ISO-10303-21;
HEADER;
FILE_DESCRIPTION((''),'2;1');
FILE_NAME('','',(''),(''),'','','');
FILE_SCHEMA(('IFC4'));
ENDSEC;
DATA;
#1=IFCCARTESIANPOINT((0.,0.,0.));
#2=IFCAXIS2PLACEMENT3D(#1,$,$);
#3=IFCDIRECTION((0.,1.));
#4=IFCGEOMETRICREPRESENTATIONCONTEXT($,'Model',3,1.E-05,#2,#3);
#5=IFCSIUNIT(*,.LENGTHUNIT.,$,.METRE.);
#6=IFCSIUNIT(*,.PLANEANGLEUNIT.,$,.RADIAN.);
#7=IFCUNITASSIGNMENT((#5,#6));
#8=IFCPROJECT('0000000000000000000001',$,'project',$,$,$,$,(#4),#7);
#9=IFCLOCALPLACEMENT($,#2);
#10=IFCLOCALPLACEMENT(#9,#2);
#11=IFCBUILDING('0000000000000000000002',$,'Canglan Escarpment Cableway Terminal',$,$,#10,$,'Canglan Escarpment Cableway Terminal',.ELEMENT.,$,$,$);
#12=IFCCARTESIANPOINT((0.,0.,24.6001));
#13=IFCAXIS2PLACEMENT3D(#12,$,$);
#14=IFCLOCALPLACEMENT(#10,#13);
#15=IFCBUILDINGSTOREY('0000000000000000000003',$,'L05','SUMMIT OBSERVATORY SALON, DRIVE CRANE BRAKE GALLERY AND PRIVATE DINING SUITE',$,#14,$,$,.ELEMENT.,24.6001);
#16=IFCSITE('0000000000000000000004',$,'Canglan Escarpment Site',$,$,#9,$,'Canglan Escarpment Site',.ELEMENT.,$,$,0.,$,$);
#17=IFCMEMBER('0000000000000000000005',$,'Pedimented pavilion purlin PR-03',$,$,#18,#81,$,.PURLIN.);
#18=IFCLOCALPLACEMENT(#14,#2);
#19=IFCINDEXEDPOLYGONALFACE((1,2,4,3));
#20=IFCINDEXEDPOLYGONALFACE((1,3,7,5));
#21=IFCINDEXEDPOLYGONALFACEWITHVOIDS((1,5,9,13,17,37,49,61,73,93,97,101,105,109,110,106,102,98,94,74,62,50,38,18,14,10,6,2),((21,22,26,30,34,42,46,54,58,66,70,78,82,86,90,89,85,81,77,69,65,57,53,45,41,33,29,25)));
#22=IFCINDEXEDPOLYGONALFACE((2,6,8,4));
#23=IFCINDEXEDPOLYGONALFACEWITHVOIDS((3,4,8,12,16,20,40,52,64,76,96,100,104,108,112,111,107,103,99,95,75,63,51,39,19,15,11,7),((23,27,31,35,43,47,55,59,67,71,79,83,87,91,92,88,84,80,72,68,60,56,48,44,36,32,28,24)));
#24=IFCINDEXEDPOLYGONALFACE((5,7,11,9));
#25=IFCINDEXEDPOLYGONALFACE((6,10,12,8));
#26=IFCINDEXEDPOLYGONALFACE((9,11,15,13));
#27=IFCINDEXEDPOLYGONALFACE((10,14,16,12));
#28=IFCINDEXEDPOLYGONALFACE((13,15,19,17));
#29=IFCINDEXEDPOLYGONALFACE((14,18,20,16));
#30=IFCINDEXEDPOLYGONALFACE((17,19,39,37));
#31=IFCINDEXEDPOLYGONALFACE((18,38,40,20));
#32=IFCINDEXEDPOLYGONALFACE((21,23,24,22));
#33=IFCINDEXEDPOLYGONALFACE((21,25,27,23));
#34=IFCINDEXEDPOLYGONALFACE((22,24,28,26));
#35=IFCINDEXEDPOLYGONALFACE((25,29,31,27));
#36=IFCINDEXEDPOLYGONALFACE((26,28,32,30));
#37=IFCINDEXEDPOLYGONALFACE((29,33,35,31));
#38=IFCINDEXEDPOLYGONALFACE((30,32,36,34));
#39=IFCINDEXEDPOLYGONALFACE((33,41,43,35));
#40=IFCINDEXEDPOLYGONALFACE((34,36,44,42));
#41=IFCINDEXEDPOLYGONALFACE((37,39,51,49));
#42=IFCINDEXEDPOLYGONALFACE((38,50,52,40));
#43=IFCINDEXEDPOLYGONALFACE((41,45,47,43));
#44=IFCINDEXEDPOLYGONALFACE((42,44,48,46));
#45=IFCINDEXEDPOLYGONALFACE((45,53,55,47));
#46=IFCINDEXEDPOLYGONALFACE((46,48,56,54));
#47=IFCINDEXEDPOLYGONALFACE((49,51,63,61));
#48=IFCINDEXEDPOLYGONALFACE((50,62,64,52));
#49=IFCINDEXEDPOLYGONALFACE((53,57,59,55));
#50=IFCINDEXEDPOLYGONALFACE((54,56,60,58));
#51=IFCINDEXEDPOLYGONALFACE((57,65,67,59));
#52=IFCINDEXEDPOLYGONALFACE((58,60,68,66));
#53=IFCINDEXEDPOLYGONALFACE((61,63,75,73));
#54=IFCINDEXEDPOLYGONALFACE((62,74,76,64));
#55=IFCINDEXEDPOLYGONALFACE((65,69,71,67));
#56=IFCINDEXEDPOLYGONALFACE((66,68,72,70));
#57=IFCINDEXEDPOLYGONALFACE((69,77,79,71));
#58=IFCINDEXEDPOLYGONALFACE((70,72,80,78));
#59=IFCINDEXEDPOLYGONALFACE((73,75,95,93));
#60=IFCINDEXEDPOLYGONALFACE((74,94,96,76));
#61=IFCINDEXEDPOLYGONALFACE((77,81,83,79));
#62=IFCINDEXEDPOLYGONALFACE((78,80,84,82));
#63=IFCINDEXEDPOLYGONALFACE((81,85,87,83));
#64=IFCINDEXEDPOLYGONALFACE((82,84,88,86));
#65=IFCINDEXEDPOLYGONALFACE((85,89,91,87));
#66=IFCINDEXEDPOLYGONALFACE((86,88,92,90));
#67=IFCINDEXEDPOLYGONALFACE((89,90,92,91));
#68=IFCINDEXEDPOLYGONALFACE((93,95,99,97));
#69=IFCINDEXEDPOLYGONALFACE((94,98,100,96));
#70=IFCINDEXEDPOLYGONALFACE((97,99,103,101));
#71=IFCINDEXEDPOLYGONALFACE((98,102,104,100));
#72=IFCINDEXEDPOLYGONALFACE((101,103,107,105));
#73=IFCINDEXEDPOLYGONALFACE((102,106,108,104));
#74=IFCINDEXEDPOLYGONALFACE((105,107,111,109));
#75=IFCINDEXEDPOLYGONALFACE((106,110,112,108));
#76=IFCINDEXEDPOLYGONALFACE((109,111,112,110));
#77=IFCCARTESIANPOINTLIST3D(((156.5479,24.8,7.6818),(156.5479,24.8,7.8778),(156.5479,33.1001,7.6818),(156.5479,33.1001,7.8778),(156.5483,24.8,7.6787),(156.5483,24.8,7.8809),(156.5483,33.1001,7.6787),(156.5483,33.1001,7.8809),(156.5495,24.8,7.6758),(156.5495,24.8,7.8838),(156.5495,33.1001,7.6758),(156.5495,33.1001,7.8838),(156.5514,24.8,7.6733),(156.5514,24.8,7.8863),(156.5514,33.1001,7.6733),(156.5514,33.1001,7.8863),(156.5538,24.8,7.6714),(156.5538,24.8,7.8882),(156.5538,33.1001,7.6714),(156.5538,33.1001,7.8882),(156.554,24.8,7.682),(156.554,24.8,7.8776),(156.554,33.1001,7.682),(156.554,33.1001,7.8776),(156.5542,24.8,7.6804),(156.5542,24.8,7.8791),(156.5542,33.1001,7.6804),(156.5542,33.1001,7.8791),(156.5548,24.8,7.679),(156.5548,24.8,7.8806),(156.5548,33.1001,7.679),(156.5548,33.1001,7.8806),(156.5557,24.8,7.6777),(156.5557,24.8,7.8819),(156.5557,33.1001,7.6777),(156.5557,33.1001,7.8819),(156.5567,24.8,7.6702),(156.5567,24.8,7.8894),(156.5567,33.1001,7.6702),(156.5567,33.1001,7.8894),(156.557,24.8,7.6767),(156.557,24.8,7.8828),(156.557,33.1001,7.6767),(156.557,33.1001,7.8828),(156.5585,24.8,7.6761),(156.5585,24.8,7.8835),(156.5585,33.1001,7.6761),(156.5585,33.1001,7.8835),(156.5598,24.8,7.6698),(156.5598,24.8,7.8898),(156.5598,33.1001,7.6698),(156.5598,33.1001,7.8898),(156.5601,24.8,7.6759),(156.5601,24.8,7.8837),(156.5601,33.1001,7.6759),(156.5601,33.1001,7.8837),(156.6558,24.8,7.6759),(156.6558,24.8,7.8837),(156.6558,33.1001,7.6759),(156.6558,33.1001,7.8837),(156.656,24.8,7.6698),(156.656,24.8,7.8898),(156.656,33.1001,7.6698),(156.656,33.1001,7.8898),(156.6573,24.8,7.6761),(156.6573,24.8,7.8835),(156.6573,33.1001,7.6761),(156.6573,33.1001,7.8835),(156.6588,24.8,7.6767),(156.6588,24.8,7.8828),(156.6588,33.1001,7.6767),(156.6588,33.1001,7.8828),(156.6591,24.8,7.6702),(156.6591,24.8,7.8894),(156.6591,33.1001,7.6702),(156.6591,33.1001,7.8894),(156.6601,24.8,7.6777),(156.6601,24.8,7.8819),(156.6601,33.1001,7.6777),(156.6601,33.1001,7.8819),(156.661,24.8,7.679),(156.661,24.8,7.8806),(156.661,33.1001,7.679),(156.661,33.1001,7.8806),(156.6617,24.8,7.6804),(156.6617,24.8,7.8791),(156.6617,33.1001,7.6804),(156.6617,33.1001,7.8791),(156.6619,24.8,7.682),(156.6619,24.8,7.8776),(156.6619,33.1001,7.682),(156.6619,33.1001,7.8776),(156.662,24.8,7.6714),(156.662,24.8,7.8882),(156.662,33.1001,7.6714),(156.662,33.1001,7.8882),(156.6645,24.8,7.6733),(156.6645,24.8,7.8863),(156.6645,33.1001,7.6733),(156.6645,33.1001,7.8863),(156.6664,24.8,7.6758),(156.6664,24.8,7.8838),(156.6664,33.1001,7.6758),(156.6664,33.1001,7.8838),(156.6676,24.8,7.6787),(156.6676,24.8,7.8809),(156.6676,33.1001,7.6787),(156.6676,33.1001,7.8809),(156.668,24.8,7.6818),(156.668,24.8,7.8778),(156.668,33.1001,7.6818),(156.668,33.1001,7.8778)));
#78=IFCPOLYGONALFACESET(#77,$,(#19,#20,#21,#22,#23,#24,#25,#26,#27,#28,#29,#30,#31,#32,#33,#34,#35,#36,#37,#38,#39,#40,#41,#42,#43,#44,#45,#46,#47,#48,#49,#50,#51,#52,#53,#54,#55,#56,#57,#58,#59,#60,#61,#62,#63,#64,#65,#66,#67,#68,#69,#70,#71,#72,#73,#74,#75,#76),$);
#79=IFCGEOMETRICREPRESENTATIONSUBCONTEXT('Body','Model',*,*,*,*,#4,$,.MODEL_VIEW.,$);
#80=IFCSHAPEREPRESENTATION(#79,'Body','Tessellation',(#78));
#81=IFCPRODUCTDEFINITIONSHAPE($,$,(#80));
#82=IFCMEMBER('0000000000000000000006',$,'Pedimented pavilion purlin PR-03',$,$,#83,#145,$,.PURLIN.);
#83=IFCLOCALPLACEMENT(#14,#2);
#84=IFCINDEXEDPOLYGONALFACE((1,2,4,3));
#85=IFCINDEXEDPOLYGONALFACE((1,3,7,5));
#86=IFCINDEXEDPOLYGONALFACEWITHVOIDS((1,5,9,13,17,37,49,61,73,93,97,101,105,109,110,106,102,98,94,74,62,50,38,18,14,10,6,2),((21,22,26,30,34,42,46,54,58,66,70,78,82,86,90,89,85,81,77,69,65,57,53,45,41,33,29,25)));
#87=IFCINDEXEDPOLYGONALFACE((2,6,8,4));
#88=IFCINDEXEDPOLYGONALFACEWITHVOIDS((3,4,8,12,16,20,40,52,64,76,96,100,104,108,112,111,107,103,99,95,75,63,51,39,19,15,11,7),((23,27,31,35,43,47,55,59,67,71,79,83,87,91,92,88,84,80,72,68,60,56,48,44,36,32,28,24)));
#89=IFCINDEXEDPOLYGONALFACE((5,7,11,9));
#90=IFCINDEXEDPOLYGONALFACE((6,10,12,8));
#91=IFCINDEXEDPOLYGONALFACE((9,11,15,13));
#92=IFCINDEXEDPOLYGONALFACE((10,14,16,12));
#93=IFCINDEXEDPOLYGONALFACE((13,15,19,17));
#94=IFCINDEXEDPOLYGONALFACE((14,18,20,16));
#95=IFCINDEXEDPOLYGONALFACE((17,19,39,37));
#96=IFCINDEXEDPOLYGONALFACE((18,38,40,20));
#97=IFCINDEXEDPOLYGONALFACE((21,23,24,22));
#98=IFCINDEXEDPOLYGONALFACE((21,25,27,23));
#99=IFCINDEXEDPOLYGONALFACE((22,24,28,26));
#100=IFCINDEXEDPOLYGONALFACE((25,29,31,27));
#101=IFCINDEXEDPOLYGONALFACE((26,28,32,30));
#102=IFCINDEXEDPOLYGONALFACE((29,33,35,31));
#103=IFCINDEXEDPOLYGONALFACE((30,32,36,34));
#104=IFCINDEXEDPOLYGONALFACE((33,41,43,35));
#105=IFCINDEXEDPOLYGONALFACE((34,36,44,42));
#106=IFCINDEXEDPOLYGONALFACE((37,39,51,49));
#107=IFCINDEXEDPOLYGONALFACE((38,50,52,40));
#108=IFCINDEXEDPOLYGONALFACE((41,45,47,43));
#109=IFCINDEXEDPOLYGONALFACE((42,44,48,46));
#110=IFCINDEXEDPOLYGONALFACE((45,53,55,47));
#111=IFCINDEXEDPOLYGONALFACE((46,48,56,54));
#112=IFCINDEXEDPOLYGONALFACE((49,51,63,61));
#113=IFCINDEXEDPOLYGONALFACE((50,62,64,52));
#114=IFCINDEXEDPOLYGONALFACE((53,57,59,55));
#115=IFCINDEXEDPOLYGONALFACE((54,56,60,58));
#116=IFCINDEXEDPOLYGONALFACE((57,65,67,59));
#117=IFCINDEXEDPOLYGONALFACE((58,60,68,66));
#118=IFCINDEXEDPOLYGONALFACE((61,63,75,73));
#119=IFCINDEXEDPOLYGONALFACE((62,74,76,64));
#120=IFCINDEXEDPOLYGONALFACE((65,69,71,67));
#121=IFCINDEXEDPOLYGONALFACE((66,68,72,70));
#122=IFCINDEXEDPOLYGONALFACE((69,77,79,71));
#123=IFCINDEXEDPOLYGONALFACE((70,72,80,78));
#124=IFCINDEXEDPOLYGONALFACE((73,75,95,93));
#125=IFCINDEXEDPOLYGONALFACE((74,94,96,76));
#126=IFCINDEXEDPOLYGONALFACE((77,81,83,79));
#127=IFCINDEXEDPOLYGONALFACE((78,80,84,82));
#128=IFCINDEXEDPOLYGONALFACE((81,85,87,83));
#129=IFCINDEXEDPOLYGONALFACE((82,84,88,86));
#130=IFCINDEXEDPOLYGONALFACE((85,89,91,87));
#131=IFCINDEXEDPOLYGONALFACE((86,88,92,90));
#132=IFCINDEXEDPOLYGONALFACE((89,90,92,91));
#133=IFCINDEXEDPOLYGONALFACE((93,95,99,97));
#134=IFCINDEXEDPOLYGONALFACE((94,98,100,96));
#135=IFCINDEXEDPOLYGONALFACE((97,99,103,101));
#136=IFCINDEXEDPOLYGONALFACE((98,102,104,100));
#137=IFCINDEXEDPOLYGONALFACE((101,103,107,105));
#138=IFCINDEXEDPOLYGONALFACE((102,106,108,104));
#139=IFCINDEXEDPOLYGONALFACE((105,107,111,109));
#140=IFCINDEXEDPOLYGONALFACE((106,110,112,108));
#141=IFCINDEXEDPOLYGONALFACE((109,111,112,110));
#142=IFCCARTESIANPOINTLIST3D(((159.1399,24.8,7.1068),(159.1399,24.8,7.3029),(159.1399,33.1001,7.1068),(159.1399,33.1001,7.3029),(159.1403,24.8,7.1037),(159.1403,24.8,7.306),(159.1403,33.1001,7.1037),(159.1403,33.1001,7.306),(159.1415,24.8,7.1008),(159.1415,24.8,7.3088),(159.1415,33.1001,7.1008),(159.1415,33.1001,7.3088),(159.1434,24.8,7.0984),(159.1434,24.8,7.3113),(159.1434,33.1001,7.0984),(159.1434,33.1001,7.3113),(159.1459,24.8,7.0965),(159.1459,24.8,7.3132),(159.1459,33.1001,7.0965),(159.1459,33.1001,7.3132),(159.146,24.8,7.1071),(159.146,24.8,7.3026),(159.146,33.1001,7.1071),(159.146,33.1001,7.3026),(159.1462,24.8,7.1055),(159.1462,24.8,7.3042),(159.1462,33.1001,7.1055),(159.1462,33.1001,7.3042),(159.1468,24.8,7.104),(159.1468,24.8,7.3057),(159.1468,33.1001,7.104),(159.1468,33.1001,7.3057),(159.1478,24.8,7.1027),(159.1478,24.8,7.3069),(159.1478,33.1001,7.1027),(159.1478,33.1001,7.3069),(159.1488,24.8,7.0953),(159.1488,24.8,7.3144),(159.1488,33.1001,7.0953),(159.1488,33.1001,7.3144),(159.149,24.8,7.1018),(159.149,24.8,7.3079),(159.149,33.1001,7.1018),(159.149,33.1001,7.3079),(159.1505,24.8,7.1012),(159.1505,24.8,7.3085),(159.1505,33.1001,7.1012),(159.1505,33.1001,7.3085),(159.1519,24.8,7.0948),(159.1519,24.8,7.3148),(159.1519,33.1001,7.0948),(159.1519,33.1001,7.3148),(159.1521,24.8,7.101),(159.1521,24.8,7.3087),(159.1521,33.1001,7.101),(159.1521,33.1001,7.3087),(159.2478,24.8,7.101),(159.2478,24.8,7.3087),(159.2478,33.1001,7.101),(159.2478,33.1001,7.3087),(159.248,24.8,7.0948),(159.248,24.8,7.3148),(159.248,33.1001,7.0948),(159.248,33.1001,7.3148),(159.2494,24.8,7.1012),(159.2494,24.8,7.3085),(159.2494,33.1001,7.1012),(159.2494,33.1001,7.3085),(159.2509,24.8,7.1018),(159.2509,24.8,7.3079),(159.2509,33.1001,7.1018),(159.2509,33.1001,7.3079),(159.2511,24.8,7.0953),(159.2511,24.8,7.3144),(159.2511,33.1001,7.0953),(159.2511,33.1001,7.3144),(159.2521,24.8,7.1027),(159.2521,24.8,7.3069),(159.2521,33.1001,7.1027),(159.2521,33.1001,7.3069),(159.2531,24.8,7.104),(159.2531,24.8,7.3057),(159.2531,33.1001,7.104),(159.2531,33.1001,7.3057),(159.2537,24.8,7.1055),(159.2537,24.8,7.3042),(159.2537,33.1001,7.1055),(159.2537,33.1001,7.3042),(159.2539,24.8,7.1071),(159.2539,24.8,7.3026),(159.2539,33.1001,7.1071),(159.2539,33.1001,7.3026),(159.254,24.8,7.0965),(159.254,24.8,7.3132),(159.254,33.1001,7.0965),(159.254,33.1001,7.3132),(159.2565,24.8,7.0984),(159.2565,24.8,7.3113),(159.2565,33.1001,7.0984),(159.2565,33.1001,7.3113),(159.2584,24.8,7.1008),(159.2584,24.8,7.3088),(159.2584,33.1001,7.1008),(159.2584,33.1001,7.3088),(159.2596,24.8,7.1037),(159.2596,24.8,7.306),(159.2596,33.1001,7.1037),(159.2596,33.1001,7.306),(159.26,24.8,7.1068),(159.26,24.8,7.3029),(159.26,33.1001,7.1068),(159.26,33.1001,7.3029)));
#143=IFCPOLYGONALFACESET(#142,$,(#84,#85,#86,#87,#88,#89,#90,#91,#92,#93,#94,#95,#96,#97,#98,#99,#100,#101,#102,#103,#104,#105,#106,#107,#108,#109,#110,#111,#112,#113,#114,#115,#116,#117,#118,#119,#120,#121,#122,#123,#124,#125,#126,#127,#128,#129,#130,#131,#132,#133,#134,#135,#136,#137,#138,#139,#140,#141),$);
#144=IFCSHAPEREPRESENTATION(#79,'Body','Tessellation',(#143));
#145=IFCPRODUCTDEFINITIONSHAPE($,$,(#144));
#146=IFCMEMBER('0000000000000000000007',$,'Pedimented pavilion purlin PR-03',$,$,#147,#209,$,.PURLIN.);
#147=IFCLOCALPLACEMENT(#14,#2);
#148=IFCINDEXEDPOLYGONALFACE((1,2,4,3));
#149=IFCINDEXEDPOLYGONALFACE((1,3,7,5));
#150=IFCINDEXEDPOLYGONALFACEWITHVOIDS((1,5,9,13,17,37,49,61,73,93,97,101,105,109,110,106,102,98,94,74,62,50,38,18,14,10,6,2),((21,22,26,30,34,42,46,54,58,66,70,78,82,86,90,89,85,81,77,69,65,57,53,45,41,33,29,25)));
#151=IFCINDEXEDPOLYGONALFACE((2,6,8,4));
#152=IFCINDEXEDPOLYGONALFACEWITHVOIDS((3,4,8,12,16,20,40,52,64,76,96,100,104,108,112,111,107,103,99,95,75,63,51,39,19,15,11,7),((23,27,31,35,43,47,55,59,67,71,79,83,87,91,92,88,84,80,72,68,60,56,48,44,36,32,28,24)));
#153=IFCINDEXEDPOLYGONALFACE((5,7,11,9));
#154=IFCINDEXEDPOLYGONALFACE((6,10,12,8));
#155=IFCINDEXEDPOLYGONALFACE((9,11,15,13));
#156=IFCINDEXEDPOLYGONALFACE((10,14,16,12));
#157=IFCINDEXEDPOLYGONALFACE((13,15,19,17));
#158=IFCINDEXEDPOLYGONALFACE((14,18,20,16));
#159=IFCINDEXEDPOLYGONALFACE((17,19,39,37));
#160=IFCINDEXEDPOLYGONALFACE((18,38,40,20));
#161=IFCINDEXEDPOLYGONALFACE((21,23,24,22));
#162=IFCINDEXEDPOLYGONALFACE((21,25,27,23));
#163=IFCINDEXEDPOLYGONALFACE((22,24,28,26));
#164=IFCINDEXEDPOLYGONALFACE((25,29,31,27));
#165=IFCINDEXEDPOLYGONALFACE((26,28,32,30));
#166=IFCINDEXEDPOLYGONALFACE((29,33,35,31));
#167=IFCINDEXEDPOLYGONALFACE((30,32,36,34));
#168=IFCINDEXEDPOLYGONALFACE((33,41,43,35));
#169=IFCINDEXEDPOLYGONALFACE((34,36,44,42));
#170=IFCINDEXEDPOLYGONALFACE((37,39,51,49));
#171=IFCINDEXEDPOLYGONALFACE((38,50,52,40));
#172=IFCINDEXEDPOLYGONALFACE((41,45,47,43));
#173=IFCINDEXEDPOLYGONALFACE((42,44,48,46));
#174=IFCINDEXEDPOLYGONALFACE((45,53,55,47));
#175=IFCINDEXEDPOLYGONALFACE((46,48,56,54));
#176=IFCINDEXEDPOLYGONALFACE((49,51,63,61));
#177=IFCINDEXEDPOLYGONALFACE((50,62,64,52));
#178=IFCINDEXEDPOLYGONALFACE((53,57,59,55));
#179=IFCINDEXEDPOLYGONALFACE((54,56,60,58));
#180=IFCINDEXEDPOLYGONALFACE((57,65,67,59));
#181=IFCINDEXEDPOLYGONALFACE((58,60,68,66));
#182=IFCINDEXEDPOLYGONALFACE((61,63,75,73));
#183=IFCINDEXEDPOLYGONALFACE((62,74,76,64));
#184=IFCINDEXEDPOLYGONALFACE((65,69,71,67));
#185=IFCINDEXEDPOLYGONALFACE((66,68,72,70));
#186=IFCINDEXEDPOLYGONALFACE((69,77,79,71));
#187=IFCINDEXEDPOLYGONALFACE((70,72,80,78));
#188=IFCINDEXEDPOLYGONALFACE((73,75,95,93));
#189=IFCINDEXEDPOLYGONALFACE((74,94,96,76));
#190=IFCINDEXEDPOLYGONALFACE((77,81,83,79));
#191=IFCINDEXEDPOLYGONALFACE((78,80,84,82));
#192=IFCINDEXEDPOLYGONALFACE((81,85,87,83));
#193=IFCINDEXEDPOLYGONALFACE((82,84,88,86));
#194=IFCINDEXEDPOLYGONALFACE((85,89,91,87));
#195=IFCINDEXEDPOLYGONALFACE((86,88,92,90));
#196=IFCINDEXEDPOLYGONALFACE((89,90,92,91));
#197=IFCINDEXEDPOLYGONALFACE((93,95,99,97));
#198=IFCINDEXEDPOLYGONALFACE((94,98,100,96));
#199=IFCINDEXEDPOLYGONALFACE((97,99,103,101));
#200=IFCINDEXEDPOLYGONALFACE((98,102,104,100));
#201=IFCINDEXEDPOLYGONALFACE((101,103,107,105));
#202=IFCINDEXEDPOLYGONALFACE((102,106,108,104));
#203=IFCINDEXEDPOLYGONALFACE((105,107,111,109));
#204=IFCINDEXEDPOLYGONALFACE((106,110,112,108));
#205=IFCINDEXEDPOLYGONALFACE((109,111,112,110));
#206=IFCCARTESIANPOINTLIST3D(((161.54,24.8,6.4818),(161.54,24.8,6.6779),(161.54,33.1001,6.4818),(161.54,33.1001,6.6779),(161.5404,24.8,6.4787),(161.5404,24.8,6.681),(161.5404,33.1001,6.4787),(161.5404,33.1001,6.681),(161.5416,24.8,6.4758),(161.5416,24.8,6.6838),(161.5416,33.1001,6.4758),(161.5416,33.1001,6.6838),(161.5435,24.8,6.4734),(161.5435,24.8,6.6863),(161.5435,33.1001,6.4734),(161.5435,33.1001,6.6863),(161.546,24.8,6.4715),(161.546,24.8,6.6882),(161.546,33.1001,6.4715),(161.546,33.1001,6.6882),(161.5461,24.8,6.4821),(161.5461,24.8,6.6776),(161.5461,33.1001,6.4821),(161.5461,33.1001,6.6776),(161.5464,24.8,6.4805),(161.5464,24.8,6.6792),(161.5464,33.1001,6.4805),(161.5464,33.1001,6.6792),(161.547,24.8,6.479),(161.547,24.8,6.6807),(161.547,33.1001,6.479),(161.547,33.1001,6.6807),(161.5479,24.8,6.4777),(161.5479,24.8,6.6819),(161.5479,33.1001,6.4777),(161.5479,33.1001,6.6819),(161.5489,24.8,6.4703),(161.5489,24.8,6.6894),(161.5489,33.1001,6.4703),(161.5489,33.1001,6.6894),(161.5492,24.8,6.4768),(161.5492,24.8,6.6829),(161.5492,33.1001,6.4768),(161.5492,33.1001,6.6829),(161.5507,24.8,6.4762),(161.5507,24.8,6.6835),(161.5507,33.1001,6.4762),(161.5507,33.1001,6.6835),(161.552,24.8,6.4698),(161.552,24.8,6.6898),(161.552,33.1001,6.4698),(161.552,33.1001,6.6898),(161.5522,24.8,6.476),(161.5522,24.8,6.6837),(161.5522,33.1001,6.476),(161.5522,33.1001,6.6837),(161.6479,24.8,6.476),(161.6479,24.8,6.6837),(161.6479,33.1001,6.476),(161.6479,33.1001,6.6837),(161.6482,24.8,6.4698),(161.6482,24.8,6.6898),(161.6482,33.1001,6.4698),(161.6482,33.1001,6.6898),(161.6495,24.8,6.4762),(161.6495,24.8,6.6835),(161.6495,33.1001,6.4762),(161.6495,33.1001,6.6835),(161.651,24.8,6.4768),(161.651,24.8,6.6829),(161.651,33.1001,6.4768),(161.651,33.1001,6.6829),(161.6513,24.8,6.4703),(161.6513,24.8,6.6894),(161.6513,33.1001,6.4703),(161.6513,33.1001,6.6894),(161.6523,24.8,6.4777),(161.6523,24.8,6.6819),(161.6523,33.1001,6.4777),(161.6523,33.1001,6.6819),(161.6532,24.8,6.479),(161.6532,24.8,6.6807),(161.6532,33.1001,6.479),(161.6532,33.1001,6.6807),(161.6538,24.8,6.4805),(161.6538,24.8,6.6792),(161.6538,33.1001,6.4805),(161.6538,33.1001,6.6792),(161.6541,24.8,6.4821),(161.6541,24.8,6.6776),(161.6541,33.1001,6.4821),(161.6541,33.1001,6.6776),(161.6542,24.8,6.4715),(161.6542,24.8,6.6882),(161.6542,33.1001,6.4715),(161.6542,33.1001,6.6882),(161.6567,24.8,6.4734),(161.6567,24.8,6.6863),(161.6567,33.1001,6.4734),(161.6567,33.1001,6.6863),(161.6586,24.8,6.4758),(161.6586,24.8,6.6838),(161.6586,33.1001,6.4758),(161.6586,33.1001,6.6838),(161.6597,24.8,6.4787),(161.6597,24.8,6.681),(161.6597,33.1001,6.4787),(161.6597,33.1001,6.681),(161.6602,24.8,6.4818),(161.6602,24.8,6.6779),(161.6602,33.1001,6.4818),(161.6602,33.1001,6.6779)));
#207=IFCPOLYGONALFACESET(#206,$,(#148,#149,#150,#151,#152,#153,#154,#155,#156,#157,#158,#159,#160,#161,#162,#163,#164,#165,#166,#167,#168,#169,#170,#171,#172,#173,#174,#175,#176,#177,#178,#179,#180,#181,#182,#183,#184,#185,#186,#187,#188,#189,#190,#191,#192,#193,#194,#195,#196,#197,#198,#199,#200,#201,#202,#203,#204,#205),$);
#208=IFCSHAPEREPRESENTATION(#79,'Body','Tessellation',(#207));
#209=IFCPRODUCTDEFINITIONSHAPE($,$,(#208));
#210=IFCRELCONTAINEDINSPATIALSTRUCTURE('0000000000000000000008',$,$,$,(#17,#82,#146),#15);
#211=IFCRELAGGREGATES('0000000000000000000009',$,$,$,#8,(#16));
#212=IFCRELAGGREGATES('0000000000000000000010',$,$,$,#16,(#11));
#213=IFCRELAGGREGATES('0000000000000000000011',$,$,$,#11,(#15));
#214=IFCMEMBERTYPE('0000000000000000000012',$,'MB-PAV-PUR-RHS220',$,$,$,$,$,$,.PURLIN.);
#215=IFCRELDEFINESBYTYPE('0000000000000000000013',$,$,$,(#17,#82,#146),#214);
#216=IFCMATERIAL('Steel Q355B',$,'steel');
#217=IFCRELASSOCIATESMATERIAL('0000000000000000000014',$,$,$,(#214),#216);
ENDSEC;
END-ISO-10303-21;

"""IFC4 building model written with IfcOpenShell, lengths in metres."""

from ifc_helpers import new_model, si_unit, direction, frame, origin, origin_2d, place, context, subcontext, project, spatial, hollow_rectangle, extrude, material, material_profile, profile_set, type_object, element, save


model = new_model("IFC4")

# Units and contexts
model_context = context("Model", 3, precision=1e-05, world=origin(), true_north=direction((0.0, 1.0)))
body_context = subcontext(model_context, "Body", "Model", "MODEL_VIEW")
ifc_project = project(units=[si_unit("LENGTHUNIT", "METRE"), si_unit("PLANEANGLEUNIT", "RADIAN")], contexts=[model_context])

# Site, building, storey
site_placement = place(None, origin())
site = spatial("IfcSite", under=ifc_project, at=site_placement, Name="Canglan Escarpment Site", LongName="Canglan Escarpment Site", CompositionType="ELEMENT", RefElevation=0.0)
building_placement = place(site_placement, origin())
building = spatial("IfcBuilding", under=site, at=building_placement, Name="Canglan Escarpment Cableway Terminal", LongName="Canglan Escarpment Cableway Terminal", CompositionType="ELEMENT")
storey_placement = place(building_placement, frame((0.0, 0.0, 24.6001)))
storey = spatial("IfcBuildingStorey", under=building, at=storey_placement, Name="L05", Description="SUMMIT OBSERVATORY SALON, DRIVE CRANE BRAKE GALLERY AND PRIVATE DINING SUITE", CompositionType="ELEMENT", Elevation=24.6001)

# Shared definitions
ifc_material_1 = material(Name="Steel Q355B", Category="steel")

# Members
ifc_material_profile_1 = material_profile(ifc_material_1, hollow_rectangle(XDim=0.1201, YDim=0.22, WallThickness=0.0061, InnerFilletRadius=0.0061, OuterFilletRadius=0.012, at=origin_2d()), Name="RHS 220x120x6")
ifc_profile_set_1 = profile_set([ifc_material_profile_1], Name="Steel Q355B")
member_type_1 = type_object("IfcMemberType", Name="MB-PAV-PUR-RHS220", PredefinedType="PURLIN", material=ifc_profile_set_1)
for number, where, z_axis, x_axis, name in (
    (1, (156.6079, 24.8, 7.7798), (0.0, 1.0, 0.0), (-1.0, 0.0, 0.0), "Pedimented pavilion purlin PR-03"),
    (2, (159.2, 24.8, 7.2048), (0.0, 1.0, 0.0), (-1.0, 0.0, 0.0), "Pedimented pavilion purlin PR-03"),
    (3, (161.6001, 24.8, 6.5798), (0.0, 1.0, 0.0), (-1.0, 0.0, 0.0), "Pedimented pavilion purlin PR-03"),
):
    element("IfcMember", number, at=place(storey_placement, frame(where, z_axis=z_axis, x_axis=x_axis)), inside=storey, type_object=member_type_1, Name=name, PredefinedType="PURLIN", context=body_context, shape_type="SweptSolid", body=[
        extrude(hollow_rectangle(XDim=0.1201, YDim=0.22, WallThickness=0.0061, InnerFilletRadius=0.0061, OuterFilletRadius=0.012, at=origin_2d()), origin(), (0.0, 0.0, 1.0), 8.3),
    ])

save(model, "model.ifc")
